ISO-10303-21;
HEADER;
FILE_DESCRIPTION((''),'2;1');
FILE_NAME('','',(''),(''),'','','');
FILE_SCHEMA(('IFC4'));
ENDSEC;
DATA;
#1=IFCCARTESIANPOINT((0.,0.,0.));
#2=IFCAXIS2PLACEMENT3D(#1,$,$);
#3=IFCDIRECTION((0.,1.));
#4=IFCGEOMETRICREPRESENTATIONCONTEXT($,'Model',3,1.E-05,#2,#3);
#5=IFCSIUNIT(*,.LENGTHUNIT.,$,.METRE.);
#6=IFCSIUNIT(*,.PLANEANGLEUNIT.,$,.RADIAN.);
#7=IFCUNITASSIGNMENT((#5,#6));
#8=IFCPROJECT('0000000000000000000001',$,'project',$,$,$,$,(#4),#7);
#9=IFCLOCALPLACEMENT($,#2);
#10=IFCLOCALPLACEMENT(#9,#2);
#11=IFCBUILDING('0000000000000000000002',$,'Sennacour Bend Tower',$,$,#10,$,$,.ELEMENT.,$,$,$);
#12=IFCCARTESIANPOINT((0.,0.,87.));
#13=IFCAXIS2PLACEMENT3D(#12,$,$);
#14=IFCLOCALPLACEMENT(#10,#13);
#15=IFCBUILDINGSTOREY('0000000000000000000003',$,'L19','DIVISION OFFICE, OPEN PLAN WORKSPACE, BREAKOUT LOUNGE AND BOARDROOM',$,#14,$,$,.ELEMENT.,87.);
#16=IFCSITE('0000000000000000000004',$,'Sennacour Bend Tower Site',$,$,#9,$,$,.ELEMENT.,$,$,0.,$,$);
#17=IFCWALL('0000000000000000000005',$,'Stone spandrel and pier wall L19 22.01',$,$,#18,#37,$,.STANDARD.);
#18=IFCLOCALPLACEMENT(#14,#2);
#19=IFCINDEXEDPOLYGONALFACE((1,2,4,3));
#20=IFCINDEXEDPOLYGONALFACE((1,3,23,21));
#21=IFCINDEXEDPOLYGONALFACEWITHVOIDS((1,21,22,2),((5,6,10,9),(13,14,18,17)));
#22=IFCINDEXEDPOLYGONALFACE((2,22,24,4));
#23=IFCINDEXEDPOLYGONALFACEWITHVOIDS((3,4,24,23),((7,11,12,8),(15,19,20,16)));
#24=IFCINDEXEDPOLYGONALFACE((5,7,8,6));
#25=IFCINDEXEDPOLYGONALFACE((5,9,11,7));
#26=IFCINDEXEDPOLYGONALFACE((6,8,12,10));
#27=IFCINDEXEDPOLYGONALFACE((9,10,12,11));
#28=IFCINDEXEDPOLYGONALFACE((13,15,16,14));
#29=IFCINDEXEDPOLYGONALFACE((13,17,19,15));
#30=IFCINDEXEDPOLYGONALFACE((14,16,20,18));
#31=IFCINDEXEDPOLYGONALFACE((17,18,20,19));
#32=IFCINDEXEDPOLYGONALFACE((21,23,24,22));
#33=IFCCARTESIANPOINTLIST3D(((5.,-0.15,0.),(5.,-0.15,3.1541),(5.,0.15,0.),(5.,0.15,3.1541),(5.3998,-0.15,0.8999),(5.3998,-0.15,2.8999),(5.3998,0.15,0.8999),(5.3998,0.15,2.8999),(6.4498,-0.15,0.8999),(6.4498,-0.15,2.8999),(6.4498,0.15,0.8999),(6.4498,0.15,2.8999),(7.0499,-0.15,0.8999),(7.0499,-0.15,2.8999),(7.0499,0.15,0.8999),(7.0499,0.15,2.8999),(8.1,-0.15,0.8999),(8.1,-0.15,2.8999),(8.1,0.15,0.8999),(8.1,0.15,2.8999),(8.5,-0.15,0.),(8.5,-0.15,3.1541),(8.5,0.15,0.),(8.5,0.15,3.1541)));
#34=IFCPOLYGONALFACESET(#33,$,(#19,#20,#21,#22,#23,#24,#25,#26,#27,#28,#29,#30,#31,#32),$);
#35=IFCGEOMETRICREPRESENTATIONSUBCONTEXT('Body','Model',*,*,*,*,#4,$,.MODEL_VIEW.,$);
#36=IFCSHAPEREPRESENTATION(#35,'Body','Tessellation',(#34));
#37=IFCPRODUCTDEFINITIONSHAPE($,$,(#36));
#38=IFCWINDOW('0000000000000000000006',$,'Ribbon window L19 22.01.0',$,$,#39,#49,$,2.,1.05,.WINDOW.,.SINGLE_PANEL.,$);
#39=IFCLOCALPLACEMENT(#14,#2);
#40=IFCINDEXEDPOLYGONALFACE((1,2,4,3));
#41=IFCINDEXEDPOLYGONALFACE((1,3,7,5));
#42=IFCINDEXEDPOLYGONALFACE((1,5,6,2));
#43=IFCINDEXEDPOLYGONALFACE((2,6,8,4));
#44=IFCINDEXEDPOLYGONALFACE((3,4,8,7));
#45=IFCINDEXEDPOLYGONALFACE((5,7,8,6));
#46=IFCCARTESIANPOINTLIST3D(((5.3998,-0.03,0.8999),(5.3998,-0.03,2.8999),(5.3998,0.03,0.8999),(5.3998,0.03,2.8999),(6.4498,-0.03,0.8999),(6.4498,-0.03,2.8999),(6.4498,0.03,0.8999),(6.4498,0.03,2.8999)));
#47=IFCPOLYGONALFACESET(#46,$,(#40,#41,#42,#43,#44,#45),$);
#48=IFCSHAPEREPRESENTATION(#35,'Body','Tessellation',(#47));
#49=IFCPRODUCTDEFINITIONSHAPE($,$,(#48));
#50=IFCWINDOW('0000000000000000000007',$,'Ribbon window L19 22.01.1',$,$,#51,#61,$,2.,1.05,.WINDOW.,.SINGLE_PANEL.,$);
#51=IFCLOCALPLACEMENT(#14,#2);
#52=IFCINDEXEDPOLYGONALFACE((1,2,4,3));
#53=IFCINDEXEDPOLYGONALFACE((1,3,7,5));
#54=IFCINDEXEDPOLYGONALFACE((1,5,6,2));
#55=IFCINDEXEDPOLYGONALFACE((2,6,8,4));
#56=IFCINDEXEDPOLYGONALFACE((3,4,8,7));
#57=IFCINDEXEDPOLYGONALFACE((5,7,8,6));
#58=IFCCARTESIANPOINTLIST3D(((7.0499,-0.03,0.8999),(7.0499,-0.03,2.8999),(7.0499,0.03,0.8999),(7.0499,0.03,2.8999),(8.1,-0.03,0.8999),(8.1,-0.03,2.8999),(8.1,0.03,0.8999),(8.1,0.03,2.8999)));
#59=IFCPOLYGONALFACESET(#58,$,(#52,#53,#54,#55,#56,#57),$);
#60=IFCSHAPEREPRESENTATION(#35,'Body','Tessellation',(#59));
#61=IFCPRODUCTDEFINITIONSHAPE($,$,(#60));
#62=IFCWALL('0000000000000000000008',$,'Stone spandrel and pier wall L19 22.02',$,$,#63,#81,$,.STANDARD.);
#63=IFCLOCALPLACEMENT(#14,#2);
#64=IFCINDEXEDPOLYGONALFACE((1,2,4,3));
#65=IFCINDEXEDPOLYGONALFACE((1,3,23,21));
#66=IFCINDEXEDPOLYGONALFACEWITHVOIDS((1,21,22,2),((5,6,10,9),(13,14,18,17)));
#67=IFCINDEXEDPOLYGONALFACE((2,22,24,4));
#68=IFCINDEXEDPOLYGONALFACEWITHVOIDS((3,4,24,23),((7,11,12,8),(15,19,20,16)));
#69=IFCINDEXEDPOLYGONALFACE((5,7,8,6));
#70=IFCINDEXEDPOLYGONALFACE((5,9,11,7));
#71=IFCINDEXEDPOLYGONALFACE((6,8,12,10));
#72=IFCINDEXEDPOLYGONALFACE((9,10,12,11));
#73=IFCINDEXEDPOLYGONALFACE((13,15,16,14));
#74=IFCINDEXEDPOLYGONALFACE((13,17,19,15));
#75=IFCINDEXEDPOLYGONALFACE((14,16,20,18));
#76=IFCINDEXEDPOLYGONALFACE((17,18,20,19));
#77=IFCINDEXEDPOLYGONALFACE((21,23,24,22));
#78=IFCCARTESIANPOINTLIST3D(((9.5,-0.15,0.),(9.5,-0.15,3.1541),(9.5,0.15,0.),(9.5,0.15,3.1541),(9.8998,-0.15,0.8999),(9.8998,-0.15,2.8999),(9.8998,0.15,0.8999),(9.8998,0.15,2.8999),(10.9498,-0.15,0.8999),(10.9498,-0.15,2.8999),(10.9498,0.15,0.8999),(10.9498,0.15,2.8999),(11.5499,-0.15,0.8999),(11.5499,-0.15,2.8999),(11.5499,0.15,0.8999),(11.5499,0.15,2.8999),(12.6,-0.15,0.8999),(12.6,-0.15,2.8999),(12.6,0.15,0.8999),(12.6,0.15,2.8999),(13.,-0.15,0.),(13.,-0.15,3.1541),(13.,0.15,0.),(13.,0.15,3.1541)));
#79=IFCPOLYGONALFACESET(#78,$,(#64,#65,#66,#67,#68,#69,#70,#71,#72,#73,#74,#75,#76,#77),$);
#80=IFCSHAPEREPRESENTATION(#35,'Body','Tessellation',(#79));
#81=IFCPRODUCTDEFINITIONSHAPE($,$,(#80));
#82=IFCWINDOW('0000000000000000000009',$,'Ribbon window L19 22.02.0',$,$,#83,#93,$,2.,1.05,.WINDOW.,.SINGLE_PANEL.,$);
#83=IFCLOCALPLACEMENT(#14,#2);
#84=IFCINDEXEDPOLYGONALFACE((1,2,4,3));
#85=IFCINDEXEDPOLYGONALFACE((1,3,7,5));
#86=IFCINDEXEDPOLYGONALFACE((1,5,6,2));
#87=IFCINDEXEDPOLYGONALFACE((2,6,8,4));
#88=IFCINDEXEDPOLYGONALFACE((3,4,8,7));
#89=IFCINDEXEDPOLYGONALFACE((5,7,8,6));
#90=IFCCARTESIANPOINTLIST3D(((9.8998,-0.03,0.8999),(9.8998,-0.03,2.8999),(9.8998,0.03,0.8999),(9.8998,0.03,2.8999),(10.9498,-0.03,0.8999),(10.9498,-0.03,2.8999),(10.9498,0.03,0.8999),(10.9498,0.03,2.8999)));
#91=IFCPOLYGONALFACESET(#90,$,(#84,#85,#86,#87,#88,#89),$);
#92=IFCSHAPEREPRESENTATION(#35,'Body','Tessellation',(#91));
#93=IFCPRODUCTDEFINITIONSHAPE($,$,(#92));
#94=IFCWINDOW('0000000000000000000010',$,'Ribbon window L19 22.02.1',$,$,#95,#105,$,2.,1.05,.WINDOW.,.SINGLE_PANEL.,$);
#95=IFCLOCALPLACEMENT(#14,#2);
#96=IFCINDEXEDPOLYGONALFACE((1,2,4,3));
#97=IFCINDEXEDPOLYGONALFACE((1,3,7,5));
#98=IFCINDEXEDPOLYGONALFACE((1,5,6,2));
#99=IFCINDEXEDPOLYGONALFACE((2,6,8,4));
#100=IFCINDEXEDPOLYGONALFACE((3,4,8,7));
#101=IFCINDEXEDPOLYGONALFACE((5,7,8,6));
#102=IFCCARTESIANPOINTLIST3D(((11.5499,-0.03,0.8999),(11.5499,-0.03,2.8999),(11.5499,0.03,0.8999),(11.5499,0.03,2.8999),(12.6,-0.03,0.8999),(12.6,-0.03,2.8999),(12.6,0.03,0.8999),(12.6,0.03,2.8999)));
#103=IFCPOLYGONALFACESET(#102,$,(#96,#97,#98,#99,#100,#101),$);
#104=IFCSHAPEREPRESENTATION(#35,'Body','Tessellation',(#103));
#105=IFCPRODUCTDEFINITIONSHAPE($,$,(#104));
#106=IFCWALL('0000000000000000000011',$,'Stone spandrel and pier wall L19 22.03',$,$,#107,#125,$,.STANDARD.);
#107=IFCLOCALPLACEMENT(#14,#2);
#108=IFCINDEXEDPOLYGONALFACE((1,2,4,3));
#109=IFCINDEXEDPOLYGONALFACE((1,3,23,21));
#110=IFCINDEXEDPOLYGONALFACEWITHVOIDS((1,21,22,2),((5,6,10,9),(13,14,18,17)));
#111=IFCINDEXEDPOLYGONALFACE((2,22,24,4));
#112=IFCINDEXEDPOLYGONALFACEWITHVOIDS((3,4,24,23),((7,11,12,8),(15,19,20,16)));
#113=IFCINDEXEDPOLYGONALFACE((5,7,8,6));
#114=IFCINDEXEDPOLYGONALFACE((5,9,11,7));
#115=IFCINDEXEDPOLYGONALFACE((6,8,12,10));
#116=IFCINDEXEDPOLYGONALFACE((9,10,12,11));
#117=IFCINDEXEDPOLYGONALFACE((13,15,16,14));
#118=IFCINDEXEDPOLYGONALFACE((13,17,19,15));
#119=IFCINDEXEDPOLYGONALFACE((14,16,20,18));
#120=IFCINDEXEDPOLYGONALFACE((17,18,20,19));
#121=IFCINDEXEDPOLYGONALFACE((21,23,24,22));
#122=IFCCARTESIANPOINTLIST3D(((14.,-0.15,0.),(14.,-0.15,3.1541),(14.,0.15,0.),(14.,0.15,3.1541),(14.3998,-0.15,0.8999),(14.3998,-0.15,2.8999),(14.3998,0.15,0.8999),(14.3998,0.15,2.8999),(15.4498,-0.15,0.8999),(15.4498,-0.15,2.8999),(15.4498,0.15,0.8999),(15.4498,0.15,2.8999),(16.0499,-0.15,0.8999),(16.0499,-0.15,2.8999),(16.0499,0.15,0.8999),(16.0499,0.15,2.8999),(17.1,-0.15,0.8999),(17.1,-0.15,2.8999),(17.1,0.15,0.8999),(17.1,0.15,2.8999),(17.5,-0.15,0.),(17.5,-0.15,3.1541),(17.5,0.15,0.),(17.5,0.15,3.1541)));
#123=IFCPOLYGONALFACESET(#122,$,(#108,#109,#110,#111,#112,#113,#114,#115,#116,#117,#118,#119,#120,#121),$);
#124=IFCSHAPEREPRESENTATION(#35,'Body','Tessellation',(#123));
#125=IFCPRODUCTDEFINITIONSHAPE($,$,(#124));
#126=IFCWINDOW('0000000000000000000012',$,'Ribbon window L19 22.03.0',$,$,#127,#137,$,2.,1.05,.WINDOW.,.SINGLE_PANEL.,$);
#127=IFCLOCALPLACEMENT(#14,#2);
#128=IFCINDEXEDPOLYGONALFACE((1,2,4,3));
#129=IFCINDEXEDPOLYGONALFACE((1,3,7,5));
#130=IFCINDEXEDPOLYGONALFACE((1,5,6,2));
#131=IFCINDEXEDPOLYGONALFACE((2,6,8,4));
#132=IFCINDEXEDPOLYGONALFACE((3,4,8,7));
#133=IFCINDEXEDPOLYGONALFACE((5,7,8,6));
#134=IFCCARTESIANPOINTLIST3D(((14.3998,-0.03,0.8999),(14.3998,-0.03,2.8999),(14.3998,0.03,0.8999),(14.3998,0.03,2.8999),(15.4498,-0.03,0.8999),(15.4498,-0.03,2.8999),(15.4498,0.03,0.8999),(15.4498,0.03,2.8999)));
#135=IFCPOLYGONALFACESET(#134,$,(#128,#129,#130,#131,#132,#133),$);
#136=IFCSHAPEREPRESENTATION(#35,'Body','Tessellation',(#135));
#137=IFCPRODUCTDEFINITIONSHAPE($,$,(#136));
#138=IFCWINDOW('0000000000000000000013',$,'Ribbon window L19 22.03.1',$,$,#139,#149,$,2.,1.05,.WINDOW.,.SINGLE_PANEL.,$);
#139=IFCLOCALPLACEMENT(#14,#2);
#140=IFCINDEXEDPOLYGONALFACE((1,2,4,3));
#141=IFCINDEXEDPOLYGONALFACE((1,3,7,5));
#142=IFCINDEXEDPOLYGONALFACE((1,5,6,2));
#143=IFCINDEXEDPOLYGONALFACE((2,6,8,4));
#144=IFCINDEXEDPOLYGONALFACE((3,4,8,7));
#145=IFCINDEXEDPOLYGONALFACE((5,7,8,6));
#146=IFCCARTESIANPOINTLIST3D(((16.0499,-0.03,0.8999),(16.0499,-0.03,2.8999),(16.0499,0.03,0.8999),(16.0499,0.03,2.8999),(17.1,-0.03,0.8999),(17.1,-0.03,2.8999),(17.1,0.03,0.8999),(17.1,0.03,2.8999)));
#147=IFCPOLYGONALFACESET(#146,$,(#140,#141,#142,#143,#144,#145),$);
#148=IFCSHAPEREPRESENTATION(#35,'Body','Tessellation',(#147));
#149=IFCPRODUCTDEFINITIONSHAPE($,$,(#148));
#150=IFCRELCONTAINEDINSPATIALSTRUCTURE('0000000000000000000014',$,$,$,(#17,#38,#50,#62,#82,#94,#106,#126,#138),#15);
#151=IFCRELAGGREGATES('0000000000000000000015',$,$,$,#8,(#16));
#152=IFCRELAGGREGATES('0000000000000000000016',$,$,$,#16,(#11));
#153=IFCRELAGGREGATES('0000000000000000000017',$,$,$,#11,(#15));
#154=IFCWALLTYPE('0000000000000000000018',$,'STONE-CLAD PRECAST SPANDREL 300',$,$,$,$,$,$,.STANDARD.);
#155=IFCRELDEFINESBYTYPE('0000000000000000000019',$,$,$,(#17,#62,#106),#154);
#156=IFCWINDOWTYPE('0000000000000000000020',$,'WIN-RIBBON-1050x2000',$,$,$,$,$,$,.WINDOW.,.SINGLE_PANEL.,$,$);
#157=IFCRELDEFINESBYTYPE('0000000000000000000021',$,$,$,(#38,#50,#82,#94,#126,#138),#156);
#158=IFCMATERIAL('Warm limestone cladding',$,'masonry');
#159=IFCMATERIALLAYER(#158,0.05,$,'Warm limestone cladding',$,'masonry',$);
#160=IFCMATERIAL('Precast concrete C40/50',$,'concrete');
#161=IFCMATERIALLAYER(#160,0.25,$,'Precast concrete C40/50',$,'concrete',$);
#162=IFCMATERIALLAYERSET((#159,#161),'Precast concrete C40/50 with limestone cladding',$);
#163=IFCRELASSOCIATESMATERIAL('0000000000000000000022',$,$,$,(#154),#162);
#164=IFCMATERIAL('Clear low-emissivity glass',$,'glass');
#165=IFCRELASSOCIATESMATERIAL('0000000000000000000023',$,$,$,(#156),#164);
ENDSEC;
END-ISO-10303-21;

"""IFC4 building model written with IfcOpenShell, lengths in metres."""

from ifc_helpers import new_model, si_unit, direction, frame, frame_2d, origin, place, context, subcontext, project, spatial, rectangle, extrude, material, layer, layer_set, type_object, element, fill, save


model = new_model("IFC4")

# Units and contexts
model_context = context("Model", 3, precision=1e-05, world=origin(), true_north=direction((0.0, 1.0)))
body_context = subcontext(model_context, "Body", "Model", "MODEL_VIEW")
ifc_project = project(units=[si_unit("LENGTHUNIT", "METRE"), si_unit("PLANEANGLEUNIT", "RADIAN")], contexts=[model_context])

# Site, building, storey
site_placement = place(None, origin())
site = spatial("IfcSite", under=ifc_project, at=site_placement, Name="Sennacour Bend Tower Site", CompositionType="ELEMENT", RefElevation=0.0)
building_placement = place(site_placement, origin())
building = spatial("IfcBuilding", under=site, at=building_placement, Name="Sennacour Bend Tower", CompositionType="ELEMENT")
storey_placement = place(building_placement, frame((0.0, 0.0, 87.0)))
storey = spatial("IfcBuildingStorey", under=building, at=storey_placement, Name="L19", Description="DIVISION OFFICE, OPEN PLAN WORKSPACE, BREAKOUT LOUNGE AND BOARDROOM", CompositionType="ELEMENT", Elevation=87.0)

# Walls, openings, windows
ifc_material_1 = material(Name="Warm limestone cladding", Category="masonry")
ifc_layer_1 = layer(ifc_material_1, 0.05, Name="Warm limestone cladding", Category="masonry")
ifc_material_2 = material(Name="Precast concrete C40/50", Category="concrete")
ifc_layer_2 = layer(ifc_material_2, 0.25, Name="Precast concrete C40/50", Category="concrete")
ifc_layer_set_1 = layer_set([ifc_layer_1, ifc_layer_2], Name="Precast concrete C40/50 with limestone cladding")
wall_type_1 = type_object("IfcWallType", Name="STONE-CLAD PRECAST SPANDREL 300", PredefinedType="STANDARD", material=ifc_layer_set_1)
wall_1_placement = place(storey_placement, frame((5.0, 0.0, 0.0), z_axis=(0.0, 0.0, 1.0), x_axis=(1.0, 0.0, 0.0)))
wall_1 = element("IfcWall", 1, at=wall_1_placement, inside=storey, type_object=wall_type_1, Name="Stone spandrel and pier wall L19 22.01", PredefinedType="STANDARD", context=body_context, shape_type="SweptSolid", body=[
    extrude(rectangle(XDim=3.5, YDim=0.3, at=frame_2d((1.75, 0.0))), origin(), (0.0, 0.0, 1.0), 3.1541),
])
opening_1_placement = place(wall_1_placement, frame((0.3999, 0.0, 0.8999)))
opening_1 = element("IfcOpeningElement", 2, at=opening_1_placement, cuts=wall_1, PredefinedType="OPENING", context=body_context, shape_type="SweptSolid", body=[
    extrude(rectangle(XDim=1.05, YDim=2.0, at=frame_2d((0.5249, 1.0))), frame((0.0, 0.1602, 0.0), z_axis=(0.0, -1.0, 0.0), x_axis=(1.0, 0.0, 0.0)), (0.0, 0.0, 1.0), 0.3201),
])
opening_2_placement = place(wall_1_placement, frame((2.05, 0.0, 0.8999)))
opening_2 = element("IfcOpeningElement", 3, at=opening_2_placement, cuts=wall_1, PredefinedType="OPENING", context=body_context, shape_type="SweptSolid", body=[
    extrude(rectangle(XDim=1.05, YDim=2.0, at=frame_2d((0.5249, 1.0))), frame((0.0, 0.1602, 0.0), z_axis=(0.0, -1.0, 0.0), x_axis=(1.0, 0.0, 0.0)), (0.0, 0.0, 1.0), 0.3201),
])
ifc_material_3 = material(Name="Clear low-emissivity glass", Category="glass")
window_type = type_object("IfcWindowType", Name="WIN-RIBBON-1050x2000", PartitioningType="SINGLE_PANEL", PredefinedType="WINDOW", material=ifc_material_3)
window_1_placement = place(opening_1_placement, origin())
window_1 = element("IfcWindow", 4, at=window_1_placement, inside=storey, type_object=window_type, Name="Ribbon window L19 22.01.0", OverallHeight=2.0, OverallWidth=1.05, PartitioningType="SINGLE_PANEL", PredefinedType="WINDOW", context=body_context, shape_type="SweptSolid", body=[
    extrude(rectangle(XDim=1.05, YDim=2.0, at=frame_2d((0.5249, 1.0))), frame((0.0, 0.03, 0.0), z_axis=(0.0, -1.0, 0.0), x_axis=(1.0, 0.0, 0.0)), (0.0, 0.0, 1.0), 0.0601),
])
fill(opening_1, window_1)
window_2_placement = place(opening_2_placement, origin())
window_2 = element("IfcWindow", 5, at=window_2_placement, inside=storey, type_object=window_type, Name="Ribbon window L19 22.01.1", OverallHeight=2.0, OverallWidth=1.05, PartitioningType="SINGLE_PANEL", PredefinedType="WINDOW", context=body_context, shape_type="SweptSolid", body=[
    extrude(rectangle(XDim=1.05, YDim=2.0, at=frame_2d((0.5249, 1.0))), frame((0.0, 0.03, 0.0), z_axis=(0.0, -1.0, 0.0), x_axis=(1.0, 0.0, 0.0)), (0.0, 0.0, 1.0), 0.0601),
])
fill(opening_2, window_2)
wall_2_placement = place(storey_placement, frame((9.5, 0.0, 0.0), z_axis=(0.0, 0.0, 1.0), x_axis=(1.0, 0.0, 0.0)))
wall_2 = element("IfcWall", 6, at=wall_2_placement, inside=storey, type_object=wall_type_1, Name="Stone spandrel and pier wall L19 22.02", PredefinedType="STANDARD", context=body_context, shape_type="SweptSolid", body=[
    extrude(rectangle(XDim=3.5, YDim=0.3, at=frame_2d((1.75, 0.0))), origin(), (0.0, 0.0, 1.0), 3.1541),
])
opening_3_placement = place(wall_2_placement, frame((0.3999, 0.0, 0.8999)))
opening_3 = element("IfcOpeningElement", 7, at=opening_3_placement, cuts=wall_2, PredefinedType="OPENING", context=body_context, shape_type="SweptSolid", body=[
    extrude(rectangle(XDim=1.05, YDim=2.0, at=frame_2d((0.5249, 1.0))), frame((0.0, 0.1602, 0.0), z_axis=(0.0, -1.0, 0.0), x_axis=(1.0, 0.0, 0.0)), (0.0, 0.0, 1.0), 0.3201),
])
opening_4_placement = place(wall_2_placement, frame((2.05, 0.0, 0.8999)))
opening_4 = element("IfcOpeningElement", 8, at=opening_4_placement, cuts=wall_2, PredefinedType="OPENING", context=body_context, shape_type="SweptSolid", body=[
    extrude(rectangle(XDim=1.05, YDim=2.0, at=frame_2d((0.5249, 1.0))), frame((0.0, 0.1602, 0.0), z_axis=(0.0, -1.0, 0.0), x_axis=(1.0, 0.0, 0.0)), (0.0, 0.0, 1.0), 0.3201),
])
window_3_placement = place(opening_3_placement, origin())
window_3 = element("IfcWindow", 9, at=window_3_placement, inside=storey, type_object=window_type, Name="Ribbon window L19 22.02.0", OverallHeight=2.0, OverallWidth=1.05, PartitioningType="SINGLE_PANEL", PredefinedType="WINDOW", context=body_context, shape_type="SweptSolid", body=[
    extrude(rectangle(XDim=1.05, YDim=2.0, at=frame_2d((0.5249, 1.0))), frame((0.0, 0.03, 0.0), z_axis=(0.0, -1.0, 0.0), x_axis=(1.0, 0.0, 0.0)), (0.0, 0.0, 1.0), 0.0601),
])
fill(opening_3, window_3)
window_4_placement = place(opening_4_placement, origin())
window_4 = element("IfcWindow", 10, at=window_4_placement, inside=storey, type_object=window_type, Name="Ribbon window L19 22.02.1", OverallHeight=2.0, OverallWidth=1.05, PartitioningType="SINGLE_PANEL", PredefinedType="WINDOW", context=body_context, shape_type="SweptSolid", body=[
    extrude(rectangle(XDim=1.05, YDim=2.0, at=frame_2d((0.5249, 1.0))), frame((0.0, 0.03, 0.0), z_axis=(0.0, -1.0, 0.0), x_axis=(1.0, 0.0, 0.0)), (0.0, 0.0, 1.0), 0.0601),
])
fill(opening_4, window_4)
wall_3_placement = place(storey_placement, frame((14.0, 0.0, 0.0), z_axis=(0.0, 0.0, 1.0), x_axis=(1.0, 0.0, 0.0)))
wall_3 = element("IfcWall", 11, at=wall_3_placement, inside=storey, type_object=wall_type_1, Name="Stone spandrel and pier wall L19 22.03", PredefinedType="STANDARD", context=body_context, shape_type="SweptSolid", body=[
    extrude(rectangle(XDim=3.5, YDim=0.3, at=frame_2d((1.75, 0.0))), origin(), (0.0, 0.0, 1.0), 3.1541),
])
opening_5_placement = place(wall_3_placement, frame((0.3999, 0.0, 0.8999)))
opening_5 = element("IfcOpeningElement", 12, at=opening_5_placement, cuts=wall_3, PredefinedType="OPENING", context=body_context, shape_type="SweptSolid", body=[
    extrude(rectangle(XDim=1.05, YDim=2.0, at=frame_2d((0.5249, 1.0))), frame((0.0, 0.1602, 0.0), z_axis=(0.0, -1.0, 0.0), x_axis=(1.0, 0.0, 0.0)), (0.0, 0.0, 1.0), 0.3201),
])
opening_6_placement = place(wall_3_placement, frame((2.05, 0.0, 0.8999)))
opening_6 = element("IfcOpeningElement", 13, at=opening_6_placement, cuts=wall_3, PredefinedType="OPENING", context=body_context, shape_type="SweptSolid", body=[
    extrude(rectangle(XDim=1.05, YDim=2.0, at=frame_2d((0.5249, 1.0))), frame((0.0, 0.1602, 0.0), z_axis=(0.0, -1.0, 0.0), x_axis=(1.0, 0.0, 0.0)), (0.0, 0.0, 1.0), 0.3201),
])
window_5_placement = place(opening_5_placement, origin())
window_5 = element("IfcWindow", 14, at=window_5_placement, inside=storey, type_object=window_type, Name="Ribbon window L19 22.03.0", OverallHeight=2.0, OverallWidth=1.05, PartitioningType="SINGLE_PANEL", PredefinedType="WINDOW", context=body_context, shape_type="SweptSolid", body=[
    extrude(rectangle(XDim=1.05, YDim=2.0, at=frame_2d((0.5249, 1.0))), frame((0.0, 0.03, 0.0), z_axis=(0.0, -1.0, 0.0), x_axis=(1.0, 0.0, 0.0)), (0.0, 0.0, 1.0), 0.0601),
])
fill(opening_5, window_5)
window_6_placement = place(opening_6_placement, origin())
window_6 = element("IfcWindow", 15, at=window_6_placement, inside=storey, type_object=window_type, Name="Ribbon window L19 22.03.1", OverallHeight=2.0, OverallWidth=1.05, PartitioningType="SINGLE_PANEL", PredefinedType="WINDOW", context=body_context, shape_type="SweptSolid", body=[
    extrude(rectangle(XDim=1.05, YDim=2.0, at=frame_2d((0.5249, 1.0))), frame((0.0, 0.03, 0.0), z_axis=(0.0, -1.0, 0.0), x_axis=(1.0, 0.0, 0.0)), (0.0, 0.0, 1.0), 0.0601),
])
fill(opening_6, window_6)

save(model, "model.ifc")
